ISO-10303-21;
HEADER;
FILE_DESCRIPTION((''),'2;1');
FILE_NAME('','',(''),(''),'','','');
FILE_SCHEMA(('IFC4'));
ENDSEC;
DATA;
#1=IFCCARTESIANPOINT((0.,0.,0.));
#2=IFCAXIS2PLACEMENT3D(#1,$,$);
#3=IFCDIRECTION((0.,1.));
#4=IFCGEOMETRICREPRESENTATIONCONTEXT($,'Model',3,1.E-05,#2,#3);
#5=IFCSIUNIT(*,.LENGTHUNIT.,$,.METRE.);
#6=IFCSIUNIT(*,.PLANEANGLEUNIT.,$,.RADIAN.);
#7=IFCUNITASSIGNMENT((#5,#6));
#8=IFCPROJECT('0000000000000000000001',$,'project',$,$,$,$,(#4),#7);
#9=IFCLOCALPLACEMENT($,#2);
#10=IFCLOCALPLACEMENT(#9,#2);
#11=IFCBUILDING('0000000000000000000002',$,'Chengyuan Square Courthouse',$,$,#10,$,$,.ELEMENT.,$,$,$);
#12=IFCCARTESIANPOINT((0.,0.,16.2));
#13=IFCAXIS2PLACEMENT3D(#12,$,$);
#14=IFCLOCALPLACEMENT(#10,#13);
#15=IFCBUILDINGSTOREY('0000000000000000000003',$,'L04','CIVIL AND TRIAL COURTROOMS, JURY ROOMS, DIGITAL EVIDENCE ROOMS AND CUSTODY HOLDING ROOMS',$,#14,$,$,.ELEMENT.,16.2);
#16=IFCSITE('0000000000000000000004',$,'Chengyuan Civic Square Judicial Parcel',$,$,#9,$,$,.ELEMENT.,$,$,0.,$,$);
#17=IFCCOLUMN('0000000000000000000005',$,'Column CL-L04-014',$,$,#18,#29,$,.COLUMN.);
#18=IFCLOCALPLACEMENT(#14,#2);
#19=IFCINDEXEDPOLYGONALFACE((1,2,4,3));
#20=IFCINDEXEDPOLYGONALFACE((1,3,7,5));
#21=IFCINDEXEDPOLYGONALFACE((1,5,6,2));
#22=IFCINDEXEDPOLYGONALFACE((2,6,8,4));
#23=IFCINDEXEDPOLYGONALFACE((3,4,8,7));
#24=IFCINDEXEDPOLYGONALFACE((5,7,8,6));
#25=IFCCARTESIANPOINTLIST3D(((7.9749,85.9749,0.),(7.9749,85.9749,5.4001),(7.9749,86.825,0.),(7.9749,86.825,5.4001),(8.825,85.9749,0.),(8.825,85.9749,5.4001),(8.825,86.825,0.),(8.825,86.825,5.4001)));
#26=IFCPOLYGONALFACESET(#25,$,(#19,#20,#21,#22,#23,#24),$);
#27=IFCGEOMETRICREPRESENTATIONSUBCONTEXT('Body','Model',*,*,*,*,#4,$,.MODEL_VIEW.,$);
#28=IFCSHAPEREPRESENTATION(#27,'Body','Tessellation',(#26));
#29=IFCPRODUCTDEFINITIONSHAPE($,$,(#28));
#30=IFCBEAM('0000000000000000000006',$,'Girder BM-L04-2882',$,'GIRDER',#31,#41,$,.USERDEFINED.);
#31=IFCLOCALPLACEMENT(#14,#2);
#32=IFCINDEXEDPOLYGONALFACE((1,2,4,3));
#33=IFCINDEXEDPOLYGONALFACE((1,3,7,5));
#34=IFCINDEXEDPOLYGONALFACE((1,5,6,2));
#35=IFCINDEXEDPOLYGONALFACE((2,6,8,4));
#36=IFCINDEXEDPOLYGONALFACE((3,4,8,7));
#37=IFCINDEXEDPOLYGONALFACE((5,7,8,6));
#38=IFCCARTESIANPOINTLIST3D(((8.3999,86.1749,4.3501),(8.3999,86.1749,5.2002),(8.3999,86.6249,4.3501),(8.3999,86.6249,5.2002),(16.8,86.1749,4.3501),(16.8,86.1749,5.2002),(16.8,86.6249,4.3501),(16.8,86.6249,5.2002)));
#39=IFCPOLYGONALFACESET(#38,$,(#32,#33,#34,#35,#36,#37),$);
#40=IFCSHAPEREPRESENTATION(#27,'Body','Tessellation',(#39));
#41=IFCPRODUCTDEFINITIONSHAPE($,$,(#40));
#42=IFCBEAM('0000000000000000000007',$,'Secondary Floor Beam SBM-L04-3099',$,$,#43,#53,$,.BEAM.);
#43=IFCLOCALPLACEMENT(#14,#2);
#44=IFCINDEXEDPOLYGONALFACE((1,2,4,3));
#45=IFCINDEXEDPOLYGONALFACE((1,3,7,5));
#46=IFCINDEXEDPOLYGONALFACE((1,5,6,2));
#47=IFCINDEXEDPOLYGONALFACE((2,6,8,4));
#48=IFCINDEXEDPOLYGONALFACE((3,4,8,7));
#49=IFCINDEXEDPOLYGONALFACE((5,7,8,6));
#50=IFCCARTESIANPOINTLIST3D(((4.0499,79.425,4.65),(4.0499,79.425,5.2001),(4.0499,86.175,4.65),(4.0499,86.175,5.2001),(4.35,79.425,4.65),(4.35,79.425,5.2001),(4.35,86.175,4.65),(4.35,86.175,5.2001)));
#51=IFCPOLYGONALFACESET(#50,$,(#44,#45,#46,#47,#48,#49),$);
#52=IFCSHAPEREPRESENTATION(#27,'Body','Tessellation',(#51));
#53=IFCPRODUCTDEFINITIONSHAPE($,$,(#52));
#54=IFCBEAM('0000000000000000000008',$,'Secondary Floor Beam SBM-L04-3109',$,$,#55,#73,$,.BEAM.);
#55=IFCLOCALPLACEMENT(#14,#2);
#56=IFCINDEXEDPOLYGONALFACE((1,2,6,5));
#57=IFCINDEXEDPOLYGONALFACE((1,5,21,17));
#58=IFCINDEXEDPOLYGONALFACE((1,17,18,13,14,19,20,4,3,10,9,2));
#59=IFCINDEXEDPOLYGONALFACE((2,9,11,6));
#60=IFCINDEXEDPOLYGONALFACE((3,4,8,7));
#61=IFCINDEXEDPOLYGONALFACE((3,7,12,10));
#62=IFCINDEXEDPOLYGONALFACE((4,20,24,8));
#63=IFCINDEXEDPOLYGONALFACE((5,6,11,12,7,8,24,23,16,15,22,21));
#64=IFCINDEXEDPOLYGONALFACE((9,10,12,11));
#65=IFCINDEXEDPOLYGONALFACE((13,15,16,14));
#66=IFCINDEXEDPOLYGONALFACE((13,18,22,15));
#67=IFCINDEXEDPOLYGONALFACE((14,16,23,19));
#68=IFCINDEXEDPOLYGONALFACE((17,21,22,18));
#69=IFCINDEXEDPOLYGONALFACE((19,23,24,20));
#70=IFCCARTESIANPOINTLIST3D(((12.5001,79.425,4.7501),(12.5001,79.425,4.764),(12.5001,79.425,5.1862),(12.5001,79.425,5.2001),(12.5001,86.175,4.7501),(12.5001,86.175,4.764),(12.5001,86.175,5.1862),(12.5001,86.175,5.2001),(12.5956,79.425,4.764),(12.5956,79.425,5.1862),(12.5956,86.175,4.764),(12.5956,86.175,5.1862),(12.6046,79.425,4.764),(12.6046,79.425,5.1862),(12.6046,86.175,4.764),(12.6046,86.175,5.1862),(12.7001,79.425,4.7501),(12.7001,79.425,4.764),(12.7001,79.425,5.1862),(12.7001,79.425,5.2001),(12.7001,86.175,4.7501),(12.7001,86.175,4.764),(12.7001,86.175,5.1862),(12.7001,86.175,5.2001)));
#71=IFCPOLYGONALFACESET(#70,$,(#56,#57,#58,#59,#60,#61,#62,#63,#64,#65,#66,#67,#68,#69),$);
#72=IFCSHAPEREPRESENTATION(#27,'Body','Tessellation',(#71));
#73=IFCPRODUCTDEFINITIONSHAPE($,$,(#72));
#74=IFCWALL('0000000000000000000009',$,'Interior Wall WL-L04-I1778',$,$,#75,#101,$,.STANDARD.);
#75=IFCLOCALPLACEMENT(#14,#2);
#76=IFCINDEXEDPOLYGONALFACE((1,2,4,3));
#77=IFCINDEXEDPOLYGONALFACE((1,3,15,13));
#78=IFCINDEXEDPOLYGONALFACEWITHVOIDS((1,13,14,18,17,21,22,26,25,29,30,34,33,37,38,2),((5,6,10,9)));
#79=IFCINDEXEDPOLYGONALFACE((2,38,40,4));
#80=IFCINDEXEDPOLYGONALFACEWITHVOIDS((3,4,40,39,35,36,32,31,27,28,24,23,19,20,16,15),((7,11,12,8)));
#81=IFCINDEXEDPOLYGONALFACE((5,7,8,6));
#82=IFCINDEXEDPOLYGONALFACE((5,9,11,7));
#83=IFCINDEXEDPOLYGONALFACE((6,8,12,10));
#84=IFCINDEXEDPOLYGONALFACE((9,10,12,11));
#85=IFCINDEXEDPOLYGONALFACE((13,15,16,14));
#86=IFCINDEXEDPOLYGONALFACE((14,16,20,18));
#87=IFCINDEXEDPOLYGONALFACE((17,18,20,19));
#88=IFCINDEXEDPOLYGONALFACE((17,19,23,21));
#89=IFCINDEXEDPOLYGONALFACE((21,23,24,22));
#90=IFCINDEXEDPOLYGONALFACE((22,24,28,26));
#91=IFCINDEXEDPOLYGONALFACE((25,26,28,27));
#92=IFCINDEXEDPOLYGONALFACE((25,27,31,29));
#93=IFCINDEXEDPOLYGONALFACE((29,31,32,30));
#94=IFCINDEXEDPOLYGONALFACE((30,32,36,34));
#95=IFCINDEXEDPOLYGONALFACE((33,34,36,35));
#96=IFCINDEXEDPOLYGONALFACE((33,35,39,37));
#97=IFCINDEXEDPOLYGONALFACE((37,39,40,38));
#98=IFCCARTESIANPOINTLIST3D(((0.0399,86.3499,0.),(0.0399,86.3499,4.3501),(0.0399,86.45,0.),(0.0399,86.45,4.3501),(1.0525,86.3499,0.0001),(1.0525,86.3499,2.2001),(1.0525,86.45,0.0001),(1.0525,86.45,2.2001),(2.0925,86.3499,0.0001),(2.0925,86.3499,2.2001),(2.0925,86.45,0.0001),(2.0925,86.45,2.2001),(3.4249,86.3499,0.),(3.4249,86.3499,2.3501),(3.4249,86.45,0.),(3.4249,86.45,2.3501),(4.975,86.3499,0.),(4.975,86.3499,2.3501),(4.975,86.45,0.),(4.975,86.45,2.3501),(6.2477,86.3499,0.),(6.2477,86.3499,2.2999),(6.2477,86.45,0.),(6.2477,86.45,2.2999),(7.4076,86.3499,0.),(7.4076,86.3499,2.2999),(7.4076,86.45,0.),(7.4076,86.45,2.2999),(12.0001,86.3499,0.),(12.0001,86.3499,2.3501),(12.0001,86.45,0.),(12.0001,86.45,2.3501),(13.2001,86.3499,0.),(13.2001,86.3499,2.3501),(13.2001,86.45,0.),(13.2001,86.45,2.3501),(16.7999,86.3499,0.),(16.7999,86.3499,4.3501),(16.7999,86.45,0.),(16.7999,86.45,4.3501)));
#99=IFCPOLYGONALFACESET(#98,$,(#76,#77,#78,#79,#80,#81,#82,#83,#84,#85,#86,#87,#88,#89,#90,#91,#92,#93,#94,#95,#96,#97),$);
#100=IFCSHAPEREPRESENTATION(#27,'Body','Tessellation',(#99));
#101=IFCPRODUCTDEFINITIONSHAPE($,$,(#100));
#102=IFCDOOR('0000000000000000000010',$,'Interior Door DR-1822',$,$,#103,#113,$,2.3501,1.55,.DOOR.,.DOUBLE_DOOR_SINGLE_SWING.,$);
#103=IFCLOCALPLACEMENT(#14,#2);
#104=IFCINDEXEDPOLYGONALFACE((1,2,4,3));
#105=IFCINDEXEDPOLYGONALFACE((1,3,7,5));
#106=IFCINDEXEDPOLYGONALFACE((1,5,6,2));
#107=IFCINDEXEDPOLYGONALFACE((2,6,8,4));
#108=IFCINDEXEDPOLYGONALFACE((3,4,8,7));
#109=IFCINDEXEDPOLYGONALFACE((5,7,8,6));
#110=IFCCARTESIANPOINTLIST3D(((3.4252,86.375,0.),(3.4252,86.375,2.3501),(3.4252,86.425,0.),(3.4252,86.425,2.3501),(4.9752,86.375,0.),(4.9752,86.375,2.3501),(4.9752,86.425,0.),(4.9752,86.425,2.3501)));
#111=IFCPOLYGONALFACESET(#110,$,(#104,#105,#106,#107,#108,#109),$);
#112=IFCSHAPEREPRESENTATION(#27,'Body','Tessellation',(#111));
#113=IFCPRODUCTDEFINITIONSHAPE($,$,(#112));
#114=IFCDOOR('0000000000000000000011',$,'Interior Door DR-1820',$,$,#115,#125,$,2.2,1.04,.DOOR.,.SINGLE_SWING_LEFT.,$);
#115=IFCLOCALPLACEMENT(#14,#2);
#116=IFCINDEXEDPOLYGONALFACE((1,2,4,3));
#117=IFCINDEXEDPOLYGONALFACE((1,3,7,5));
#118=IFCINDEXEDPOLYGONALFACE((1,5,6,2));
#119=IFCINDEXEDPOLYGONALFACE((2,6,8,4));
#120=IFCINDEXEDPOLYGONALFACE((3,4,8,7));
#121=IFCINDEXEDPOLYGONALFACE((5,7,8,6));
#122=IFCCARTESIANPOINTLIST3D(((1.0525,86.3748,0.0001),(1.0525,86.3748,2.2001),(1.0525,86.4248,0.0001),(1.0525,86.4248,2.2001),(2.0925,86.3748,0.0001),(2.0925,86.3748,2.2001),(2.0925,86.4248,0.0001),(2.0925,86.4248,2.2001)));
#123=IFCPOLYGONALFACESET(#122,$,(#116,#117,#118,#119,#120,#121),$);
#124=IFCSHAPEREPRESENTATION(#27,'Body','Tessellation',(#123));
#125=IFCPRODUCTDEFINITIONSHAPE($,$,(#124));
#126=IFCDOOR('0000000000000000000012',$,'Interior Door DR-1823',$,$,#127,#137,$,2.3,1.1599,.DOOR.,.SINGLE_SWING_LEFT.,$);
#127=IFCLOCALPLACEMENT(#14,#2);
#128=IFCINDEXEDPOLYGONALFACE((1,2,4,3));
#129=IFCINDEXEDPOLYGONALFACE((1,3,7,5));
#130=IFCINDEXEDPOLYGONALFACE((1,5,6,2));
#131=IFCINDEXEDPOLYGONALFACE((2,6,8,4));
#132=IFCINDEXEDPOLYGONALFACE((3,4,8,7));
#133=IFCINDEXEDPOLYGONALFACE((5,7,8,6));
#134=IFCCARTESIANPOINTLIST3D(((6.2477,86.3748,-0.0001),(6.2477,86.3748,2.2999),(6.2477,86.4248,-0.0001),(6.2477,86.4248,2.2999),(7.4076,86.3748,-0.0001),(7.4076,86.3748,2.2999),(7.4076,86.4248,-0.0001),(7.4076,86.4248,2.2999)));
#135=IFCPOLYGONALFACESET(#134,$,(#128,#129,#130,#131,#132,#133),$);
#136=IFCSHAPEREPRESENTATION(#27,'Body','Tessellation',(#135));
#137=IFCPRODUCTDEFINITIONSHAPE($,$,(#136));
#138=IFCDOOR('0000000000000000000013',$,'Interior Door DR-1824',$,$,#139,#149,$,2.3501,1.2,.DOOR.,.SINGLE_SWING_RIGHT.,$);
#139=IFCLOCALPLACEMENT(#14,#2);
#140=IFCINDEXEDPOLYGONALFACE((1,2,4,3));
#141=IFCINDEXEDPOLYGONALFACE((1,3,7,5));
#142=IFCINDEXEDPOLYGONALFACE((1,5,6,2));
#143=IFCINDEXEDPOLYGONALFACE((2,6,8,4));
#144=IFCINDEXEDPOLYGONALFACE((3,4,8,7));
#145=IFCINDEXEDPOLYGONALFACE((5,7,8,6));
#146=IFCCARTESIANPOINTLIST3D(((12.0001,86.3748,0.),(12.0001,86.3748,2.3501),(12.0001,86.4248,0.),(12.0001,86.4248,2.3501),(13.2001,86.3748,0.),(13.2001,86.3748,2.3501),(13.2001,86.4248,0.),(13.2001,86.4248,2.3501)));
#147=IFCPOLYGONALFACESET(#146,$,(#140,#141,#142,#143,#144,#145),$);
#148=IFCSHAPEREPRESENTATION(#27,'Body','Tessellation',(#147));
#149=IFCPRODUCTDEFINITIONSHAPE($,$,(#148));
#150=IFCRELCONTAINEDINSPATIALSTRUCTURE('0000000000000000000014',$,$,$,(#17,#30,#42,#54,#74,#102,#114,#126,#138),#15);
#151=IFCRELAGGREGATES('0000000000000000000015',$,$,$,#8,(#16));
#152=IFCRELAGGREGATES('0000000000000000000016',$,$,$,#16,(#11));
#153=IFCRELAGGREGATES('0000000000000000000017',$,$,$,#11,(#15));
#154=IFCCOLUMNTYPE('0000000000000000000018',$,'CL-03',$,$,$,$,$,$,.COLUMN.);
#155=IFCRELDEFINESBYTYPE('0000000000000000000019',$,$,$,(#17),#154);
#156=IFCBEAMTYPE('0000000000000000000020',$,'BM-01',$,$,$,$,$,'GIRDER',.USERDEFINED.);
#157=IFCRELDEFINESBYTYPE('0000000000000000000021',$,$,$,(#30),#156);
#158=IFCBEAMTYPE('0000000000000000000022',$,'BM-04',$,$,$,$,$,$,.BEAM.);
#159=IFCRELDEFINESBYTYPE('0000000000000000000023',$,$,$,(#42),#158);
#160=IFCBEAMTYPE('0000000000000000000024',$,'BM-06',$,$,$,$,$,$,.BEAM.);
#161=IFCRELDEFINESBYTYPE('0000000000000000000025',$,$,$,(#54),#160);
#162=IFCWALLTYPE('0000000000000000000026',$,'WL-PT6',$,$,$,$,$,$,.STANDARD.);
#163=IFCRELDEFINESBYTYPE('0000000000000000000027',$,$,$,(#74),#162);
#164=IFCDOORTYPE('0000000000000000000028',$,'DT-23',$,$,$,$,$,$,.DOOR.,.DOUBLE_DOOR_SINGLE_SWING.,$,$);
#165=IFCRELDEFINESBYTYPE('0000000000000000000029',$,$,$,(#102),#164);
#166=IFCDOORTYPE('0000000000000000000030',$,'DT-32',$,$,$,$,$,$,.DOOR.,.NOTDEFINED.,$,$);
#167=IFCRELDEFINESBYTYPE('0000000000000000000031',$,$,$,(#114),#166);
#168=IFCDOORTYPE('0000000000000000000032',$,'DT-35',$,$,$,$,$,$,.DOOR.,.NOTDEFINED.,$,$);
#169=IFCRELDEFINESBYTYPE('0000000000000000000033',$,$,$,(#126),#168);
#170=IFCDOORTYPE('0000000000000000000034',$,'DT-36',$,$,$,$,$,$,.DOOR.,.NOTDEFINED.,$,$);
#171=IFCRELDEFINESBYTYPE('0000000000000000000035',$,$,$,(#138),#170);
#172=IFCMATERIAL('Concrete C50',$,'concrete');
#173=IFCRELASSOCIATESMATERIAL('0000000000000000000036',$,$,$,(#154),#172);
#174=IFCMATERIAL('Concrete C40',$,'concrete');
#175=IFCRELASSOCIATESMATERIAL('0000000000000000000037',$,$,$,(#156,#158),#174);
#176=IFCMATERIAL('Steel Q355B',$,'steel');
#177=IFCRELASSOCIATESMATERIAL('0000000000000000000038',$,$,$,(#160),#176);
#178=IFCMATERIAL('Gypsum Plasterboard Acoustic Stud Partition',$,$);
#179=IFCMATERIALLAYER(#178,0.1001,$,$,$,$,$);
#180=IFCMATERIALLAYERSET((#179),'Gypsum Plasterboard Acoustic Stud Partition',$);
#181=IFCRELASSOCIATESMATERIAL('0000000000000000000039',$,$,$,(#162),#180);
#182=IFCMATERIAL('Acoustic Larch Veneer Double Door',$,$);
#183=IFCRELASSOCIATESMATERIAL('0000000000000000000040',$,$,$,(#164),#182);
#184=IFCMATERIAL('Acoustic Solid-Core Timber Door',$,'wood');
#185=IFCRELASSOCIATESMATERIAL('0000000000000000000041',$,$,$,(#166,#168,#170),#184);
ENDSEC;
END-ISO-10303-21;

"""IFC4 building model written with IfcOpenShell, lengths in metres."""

from ifc_helpers import new_model, si_unit, direction, frame, frame_2d, origin, origin_2d, place, context, subcontext, project, spatial, rectangle, i_section, extrude, material, layer, layer_set, material_profile, profile_set, type_object, element, fill, save


model = new_model("IFC4")

# Units and contexts
model_context = context("Model", 3, precision=1e-05, world=origin(), true_north=direction((0.0, 1.0)))
body_context = subcontext(model_context, "Body", "Model", "MODEL_VIEW")
ifc_project = project(units=[si_unit("LENGTHUNIT", "METRE"), si_unit("PLANEANGLEUNIT", "RADIAN")], contexts=[model_context])

# Site, building, storey
site_placement = place(None, origin())
site = spatial("IfcSite", under=ifc_project, at=site_placement, Name="Chengyuan Civic Square Judicial Parcel", CompositionType="ELEMENT", RefElevation=0.0)
building_placement = place(site_placement, origin())
building = spatial("IfcBuilding", under=site, at=building_placement, Name="Chengyuan Square Courthouse", CompositionType="ELEMENT")
storey_placement = place(building_placement, frame((0.0, 0.0, 16.2)))
storey = spatial("IfcBuildingStorey", under=building, at=storey_placement, Name="L04", Description="CIVIL AND TRIAL COURTROOMS, JURY ROOMS, DIGITAL EVIDENCE ROOMS AND CUSTODY HOLDING ROOMS", CompositionType="ELEMENT", Elevation=16.2)

# Column
ifc_material_1 = material(Name="Concrete C50", Category="concrete")
ifc_material_profile_1 = material_profile(ifc_material_1, rectangle(XDim=0.8501, YDim=0.8501, at=origin_2d()), Name="RC-COL-850x850")
ifc_profile_set_1 = profile_set([ifc_material_profile_1], Name="Concrete C50")
column_type = type_object("IfcColumnType", Name="CL-03", PredefinedType="COLUMN", material=ifc_profile_set_1)
column_placement = place(storey_placement, frame((8.3999, 86.3999, 0.0), z_axis=(0.0, 0.0, 1.0), x_axis=(1.0, 0.0, 0.0)))
element("IfcColumn", 1, at=column_placement, inside=storey, type_object=column_type, Name="Column CL-L04-014", PredefinedType="COLUMN", context=body_context, shape_type="SweptSolid", body=[
    extrude(rectangle(XDim=0.8501, YDim=0.8501, at=origin_2d()), origin(), (0.0, 0.0, 1.0), 5.4001),
])

# Beams
ifc_material_2 = material(Name="Concrete C40", Category="concrete")
ifc_material_profile_2 = material_profile(ifc_material_2, rectangle(XDim=0.45, YDim=0.8501, at=origin_2d()), Name="RC-BM-450x850")
ifc_profile_set_2 = profile_set([ifc_material_profile_2], Name="Concrete C40")
beam_type_1 = type_object("IfcBeamType", Name="BM-01", ElementType="GIRDER", PredefinedType="USERDEFINED", material=ifc_profile_set_2)
beam_1_placement = place(storey_placement, frame((8.3999, 86.3999, 4.7751), z_axis=(1.0, 0.0, 0.0), x_axis=(0.0, 1.0, 0.0)))
element("IfcBeam", 2, at=beam_1_placement, inside=storey, type_object=beam_type_1, Name="Girder BM-L04-2882", ObjectType="GIRDER", PredefinedType="USERDEFINED", context=body_context, shape_type="SweptSolid", body=[
    extrude(rectangle(XDim=0.45, YDim=0.8501, at=origin_2d()), origin(), (0.0, 0.0, 1.0), 8.4001),
])
ifc_material_profile_3 = material_profile(ifc_material_2, rectangle(XDim=0.3, YDim=0.55, at=origin_2d()), Name="RC-BM-300x550")
ifc_profile_set_3 = profile_set([ifc_material_profile_3], Name="Concrete C40")
beam_type_2 = type_object("IfcBeamType", Name="BM-04", PredefinedType="BEAM", material=ifc_profile_set_3)
beam_2_placement = place(storey_placement, frame((4.2, 79.425, 4.925), z_axis=(0.0, 1.0, 0.0), x_axis=(-1.0, 0.0, 0.0)))
element("IfcBeam", 3, at=beam_2_placement, inside=storey, type_object=beam_type_2, Name="Secondary Floor Beam SBM-L04-3099", PredefinedType="BEAM", context=body_context, shape_type="SweptSolid", body=[
    extrude(rectangle(XDim=0.3, YDim=0.55, at=origin_2d()), origin(), (0.0, 0.0, 1.0), 6.75),
])
ifc_material_3 = material(Name="Steel Q355B", Category="steel")
ifc_material_profile_4 = material_profile(ifc_material_3, i_section(OverallWidth=0.2, OverallDepth=0.45, WebThickness=0.009, FlangeThickness=0.0139, at=origin_2d()), Name="HN 450x200x9x14")
ifc_profile_set_4 = profile_set([ifc_material_profile_4], Name="Steel Q355B")
beam_type_3 = type_object("IfcBeamType", Name="BM-06", PredefinedType="BEAM", material=ifc_profile_set_4)
beam_3_placement = place(storey_placement, frame((12.6001, 79.425, 4.9751), z_axis=(0.0, 1.0, 0.0), x_axis=(-1.0, 0.0, 0.0)))
element("IfcBeam", 4, at=beam_3_placement, inside=storey, type_object=beam_type_3, Name="Secondary Floor Beam SBM-L04-3109", PredefinedType="BEAM", context=body_context, shape_type="SweptSolid", body=[
    extrude(i_section(OverallWidth=0.2, OverallDepth=0.45, WebThickness=0.009, FlangeThickness=0.0139, at=origin_2d()), origin(), (0.0, 0.0, 1.0), 6.75),
])

# Wall, openings, doors
ifc_material_4 = material(Name="Gypsum Plasterboard Acoustic Stud Partition")
ifc_layer = layer(ifc_material_4, 0.1001)
ifc_layer_set = layer_set([ifc_layer], Name="Gypsum Plasterboard Acoustic Stud Partition")
wall_type = type_object("IfcWallType", Name="WL-PT6", PredefinedType="STANDARD", material=ifc_layer_set)
wall_1_placement = place(storey_placement, frame((0.04, 86.3999, 0.0), z_axis=(0.0, 0.0, 1.0), x_axis=(1.0, 0.0, 0.0)))
wall_1 = element("IfcWall", 5, at=wall_1_placement, inside=storey, type_object=wall_type, Name="Interior Wall WL-L04-I1778", PredefinedType="STANDARD", context=body_context, shape_type="SweptSolid", body=[
    extrude(rectangle(XDim=16.76, YDim=0.1001, at=frame_2d((8.3799, 0.0))), origin(), (0.0, 0.0, 1.0), 4.3501),
])
opening_1_placement = place(wall_1_placement, frame((1.0125, 0.0, 0.0)))
opening_1 = element("IfcOpeningElement", 6, at=opening_1_placement, cuts=wall_1, PredefinedType="OPENING", context=body_context, shape_type="SweptSolid", body=[
    extrude(rectangle(XDim=1.04, YDim=2.2, at=frame_2d((0.52, 1.1001))), frame((0.0, 0.062, 0.0), z_axis=(0.0, -1.0, 0.0), x_axis=(1.0, 0.0, 0.0)), (0.0, 0.0, 1.0), 0.124),
])
opening_2_placement = place(wall_1_placement, frame((3.385, 0.0, 0.0)))
opening_2 = element("IfcOpeningElement", 7, at=opening_2_placement, cuts=wall_1, PredefinedType="OPENING", context=body_context, shape_type="SweptSolid", body=[
    extrude(rectangle(XDim=1.55, YDim=2.3501, at=frame_2d((0.7749, 1.175))), frame((0.0, 0.062, 0.0), z_axis=(0.0, -1.0, 0.0), x_axis=(1.0, 0.0, 0.0)), (0.0, 0.0, 1.0), 0.124),
])
opening_3_placement = place(wall_1_placement, frame((6.2075, 0.0, 0.0)))
opening_3 = element("IfcOpeningElement", 8, at=opening_3_placement, cuts=wall_1, PredefinedType="OPENING", context=body_context, shape_type="SweptSolid", body=[
    extrude(rectangle(XDim=1.1599, YDim=2.3, at=frame_2d((0.5801, 1.1499))), frame((0.0, 0.062, 0.0), z_axis=(0.0, -1.0, 0.0), x_axis=(1.0, 0.0, 0.0)), (0.0, 0.0, 1.0), 0.124),
])
opening_4_placement = place(wall_1_placement, frame((11.96, 0.0, 0.0)))
opening_4 = element("IfcOpeningElement", 9, at=opening_4_placement, cuts=wall_1, PredefinedType="OPENING", context=body_context, shape_type="SweptSolid", body=[
    extrude(rectangle(XDim=1.2, YDim=2.3501, at=frame_2d((0.6001, 1.175))), frame((0.0, 0.062, 0.0), z_axis=(0.0, -1.0, 0.0), x_axis=(1.0, 0.0, 0.0)), (0.0, 0.0, 1.0), 0.124),
])
ifc_material_5 = material(Name="Acoustic Larch Veneer Double Door")
door_type_1 = type_object("IfcDoorType", Name="DT-23", OperationType="DOUBLE_DOOR_SINGLE_SWING", PredefinedType="DOOR", material=ifc_material_5)
door_1_placement = place(opening_2_placement, frame((1.55, 0.0, 0.0), z_axis=(0.0, 0.0, 1.0), x_axis=(-1.0, 0.0, 0.0)))
door_1 = element("IfcDoor", 10, at=door_1_placement, inside=storey, type_object=door_type_1, Name="Interior Door DR-1822", OperationType="DOUBLE_DOOR_SINGLE_SWING", OverallHeight=2.3501, OverallWidth=1.55, PredefinedType="DOOR", context=body_context, shape_type="SweptSolid", body=[
    extrude(rectangle(XDim=1.55, YDim=2.3501, at=frame_2d((0.7749, 1.175))), frame((0.0, 0.0249, 0.0), z_axis=(0.0, -1.0, 0.0), x_axis=(1.0, 0.0, 0.0)), (0.0, 0.0, 1.0), 0.05),
])
fill(opening_2, door_1)
ifc_material_6 = material(Name="Acoustic Solid-Core Timber Door", Category="wood")
door_type_2 = type_object("IfcDoorType", Name="DT-32", OperationType="NOTDEFINED", PredefinedType="DOOR", material=ifc_material_6)
door_2_placement = place(opening_1_placement, origin())
door_2 = element("IfcDoor", 11, at=door_2_placement, inside=storey, type_object=door_type_2, Name="Interior Door DR-1820", OperationType="SINGLE_SWING_LEFT", OverallHeight=2.2, OverallWidth=1.04, PredefinedType="DOOR", context=body_context, shape_type="SweptSolid", body=[
    extrude(rectangle(XDim=1.04, YDim=2.2, at=frame_2d((0.52, 1.1001))), frame((0.0, 0.0249, 0.0), z_axis=(0.0, -1.0, 0.0), x_axis=(1.0, 0.0, 0.0)), (0.0, 0.0, 1.0), 0.05),
])
fill(opening_1, door_2)
door_type_3 = type_object("IfcDoorType", Name="DT-35", OperationType="NOTDEFINED", PredefinedType="DOOR", material=ifc_material_6)
door_3_placement = place(opening_3_placement, origin())
door_3 = element("IfcDoor", 12, at=door_3_placement, inside=storey, type_object=door_type_3, Name="Interior Door DR-1823", OperationType="SINGLE_SWING_LEFT", OverallHeight=2.3, OverallWidth=1.1599, PredefinedType="DOOR", context=body_context, shape_type="SweptSolid", body=[
    extrude(rectangle(XDim=1.1599, YDim=2.3, at=frame_2d((0.5801, 1.1499))), frame((0.0, 0.0249, 0.0), z_axis=(0.0, -1.0, 0.0), x_axis=(1.0, 0.0, 0.0)), (0.0, 0.0, 1.0), 0.05),
])
fill(opening_3, door_3)
door_type_4 = type_object("IfcDoorType", Name="DT-36", OperationType="NOTDEFINED", PredefinedType="DOOR", material=ifc_material_6)
door_4_placement = place(opening_4_placement, origin())
door_4 = element("IfcDoor", 13, at=door_4_placement, inside=storey, type_object=door_type_4, Name="Interior Door DR-1824", OperationType="SINGLE_SWING_RIGHT", OverallHeight=2.3501, OverallWidth=1.2, PredefinedType="DOOR", context=body_context, shape_type="SweptSolid", body=[
    extrude(rectangle(XDim=1.2, YDim=2.3501, at=frame_2d((0.6001, 1.175))), frame((0.0, 0.0249, 0.0), z_axis=(0.0, -1.0, 0.0), x_axis=(1.0, 0.0, 0.0)), (0.0, 0.0, 1.0), 0.05),
])
fill(opening_4, door_4)

save(model, "model.ifc")
